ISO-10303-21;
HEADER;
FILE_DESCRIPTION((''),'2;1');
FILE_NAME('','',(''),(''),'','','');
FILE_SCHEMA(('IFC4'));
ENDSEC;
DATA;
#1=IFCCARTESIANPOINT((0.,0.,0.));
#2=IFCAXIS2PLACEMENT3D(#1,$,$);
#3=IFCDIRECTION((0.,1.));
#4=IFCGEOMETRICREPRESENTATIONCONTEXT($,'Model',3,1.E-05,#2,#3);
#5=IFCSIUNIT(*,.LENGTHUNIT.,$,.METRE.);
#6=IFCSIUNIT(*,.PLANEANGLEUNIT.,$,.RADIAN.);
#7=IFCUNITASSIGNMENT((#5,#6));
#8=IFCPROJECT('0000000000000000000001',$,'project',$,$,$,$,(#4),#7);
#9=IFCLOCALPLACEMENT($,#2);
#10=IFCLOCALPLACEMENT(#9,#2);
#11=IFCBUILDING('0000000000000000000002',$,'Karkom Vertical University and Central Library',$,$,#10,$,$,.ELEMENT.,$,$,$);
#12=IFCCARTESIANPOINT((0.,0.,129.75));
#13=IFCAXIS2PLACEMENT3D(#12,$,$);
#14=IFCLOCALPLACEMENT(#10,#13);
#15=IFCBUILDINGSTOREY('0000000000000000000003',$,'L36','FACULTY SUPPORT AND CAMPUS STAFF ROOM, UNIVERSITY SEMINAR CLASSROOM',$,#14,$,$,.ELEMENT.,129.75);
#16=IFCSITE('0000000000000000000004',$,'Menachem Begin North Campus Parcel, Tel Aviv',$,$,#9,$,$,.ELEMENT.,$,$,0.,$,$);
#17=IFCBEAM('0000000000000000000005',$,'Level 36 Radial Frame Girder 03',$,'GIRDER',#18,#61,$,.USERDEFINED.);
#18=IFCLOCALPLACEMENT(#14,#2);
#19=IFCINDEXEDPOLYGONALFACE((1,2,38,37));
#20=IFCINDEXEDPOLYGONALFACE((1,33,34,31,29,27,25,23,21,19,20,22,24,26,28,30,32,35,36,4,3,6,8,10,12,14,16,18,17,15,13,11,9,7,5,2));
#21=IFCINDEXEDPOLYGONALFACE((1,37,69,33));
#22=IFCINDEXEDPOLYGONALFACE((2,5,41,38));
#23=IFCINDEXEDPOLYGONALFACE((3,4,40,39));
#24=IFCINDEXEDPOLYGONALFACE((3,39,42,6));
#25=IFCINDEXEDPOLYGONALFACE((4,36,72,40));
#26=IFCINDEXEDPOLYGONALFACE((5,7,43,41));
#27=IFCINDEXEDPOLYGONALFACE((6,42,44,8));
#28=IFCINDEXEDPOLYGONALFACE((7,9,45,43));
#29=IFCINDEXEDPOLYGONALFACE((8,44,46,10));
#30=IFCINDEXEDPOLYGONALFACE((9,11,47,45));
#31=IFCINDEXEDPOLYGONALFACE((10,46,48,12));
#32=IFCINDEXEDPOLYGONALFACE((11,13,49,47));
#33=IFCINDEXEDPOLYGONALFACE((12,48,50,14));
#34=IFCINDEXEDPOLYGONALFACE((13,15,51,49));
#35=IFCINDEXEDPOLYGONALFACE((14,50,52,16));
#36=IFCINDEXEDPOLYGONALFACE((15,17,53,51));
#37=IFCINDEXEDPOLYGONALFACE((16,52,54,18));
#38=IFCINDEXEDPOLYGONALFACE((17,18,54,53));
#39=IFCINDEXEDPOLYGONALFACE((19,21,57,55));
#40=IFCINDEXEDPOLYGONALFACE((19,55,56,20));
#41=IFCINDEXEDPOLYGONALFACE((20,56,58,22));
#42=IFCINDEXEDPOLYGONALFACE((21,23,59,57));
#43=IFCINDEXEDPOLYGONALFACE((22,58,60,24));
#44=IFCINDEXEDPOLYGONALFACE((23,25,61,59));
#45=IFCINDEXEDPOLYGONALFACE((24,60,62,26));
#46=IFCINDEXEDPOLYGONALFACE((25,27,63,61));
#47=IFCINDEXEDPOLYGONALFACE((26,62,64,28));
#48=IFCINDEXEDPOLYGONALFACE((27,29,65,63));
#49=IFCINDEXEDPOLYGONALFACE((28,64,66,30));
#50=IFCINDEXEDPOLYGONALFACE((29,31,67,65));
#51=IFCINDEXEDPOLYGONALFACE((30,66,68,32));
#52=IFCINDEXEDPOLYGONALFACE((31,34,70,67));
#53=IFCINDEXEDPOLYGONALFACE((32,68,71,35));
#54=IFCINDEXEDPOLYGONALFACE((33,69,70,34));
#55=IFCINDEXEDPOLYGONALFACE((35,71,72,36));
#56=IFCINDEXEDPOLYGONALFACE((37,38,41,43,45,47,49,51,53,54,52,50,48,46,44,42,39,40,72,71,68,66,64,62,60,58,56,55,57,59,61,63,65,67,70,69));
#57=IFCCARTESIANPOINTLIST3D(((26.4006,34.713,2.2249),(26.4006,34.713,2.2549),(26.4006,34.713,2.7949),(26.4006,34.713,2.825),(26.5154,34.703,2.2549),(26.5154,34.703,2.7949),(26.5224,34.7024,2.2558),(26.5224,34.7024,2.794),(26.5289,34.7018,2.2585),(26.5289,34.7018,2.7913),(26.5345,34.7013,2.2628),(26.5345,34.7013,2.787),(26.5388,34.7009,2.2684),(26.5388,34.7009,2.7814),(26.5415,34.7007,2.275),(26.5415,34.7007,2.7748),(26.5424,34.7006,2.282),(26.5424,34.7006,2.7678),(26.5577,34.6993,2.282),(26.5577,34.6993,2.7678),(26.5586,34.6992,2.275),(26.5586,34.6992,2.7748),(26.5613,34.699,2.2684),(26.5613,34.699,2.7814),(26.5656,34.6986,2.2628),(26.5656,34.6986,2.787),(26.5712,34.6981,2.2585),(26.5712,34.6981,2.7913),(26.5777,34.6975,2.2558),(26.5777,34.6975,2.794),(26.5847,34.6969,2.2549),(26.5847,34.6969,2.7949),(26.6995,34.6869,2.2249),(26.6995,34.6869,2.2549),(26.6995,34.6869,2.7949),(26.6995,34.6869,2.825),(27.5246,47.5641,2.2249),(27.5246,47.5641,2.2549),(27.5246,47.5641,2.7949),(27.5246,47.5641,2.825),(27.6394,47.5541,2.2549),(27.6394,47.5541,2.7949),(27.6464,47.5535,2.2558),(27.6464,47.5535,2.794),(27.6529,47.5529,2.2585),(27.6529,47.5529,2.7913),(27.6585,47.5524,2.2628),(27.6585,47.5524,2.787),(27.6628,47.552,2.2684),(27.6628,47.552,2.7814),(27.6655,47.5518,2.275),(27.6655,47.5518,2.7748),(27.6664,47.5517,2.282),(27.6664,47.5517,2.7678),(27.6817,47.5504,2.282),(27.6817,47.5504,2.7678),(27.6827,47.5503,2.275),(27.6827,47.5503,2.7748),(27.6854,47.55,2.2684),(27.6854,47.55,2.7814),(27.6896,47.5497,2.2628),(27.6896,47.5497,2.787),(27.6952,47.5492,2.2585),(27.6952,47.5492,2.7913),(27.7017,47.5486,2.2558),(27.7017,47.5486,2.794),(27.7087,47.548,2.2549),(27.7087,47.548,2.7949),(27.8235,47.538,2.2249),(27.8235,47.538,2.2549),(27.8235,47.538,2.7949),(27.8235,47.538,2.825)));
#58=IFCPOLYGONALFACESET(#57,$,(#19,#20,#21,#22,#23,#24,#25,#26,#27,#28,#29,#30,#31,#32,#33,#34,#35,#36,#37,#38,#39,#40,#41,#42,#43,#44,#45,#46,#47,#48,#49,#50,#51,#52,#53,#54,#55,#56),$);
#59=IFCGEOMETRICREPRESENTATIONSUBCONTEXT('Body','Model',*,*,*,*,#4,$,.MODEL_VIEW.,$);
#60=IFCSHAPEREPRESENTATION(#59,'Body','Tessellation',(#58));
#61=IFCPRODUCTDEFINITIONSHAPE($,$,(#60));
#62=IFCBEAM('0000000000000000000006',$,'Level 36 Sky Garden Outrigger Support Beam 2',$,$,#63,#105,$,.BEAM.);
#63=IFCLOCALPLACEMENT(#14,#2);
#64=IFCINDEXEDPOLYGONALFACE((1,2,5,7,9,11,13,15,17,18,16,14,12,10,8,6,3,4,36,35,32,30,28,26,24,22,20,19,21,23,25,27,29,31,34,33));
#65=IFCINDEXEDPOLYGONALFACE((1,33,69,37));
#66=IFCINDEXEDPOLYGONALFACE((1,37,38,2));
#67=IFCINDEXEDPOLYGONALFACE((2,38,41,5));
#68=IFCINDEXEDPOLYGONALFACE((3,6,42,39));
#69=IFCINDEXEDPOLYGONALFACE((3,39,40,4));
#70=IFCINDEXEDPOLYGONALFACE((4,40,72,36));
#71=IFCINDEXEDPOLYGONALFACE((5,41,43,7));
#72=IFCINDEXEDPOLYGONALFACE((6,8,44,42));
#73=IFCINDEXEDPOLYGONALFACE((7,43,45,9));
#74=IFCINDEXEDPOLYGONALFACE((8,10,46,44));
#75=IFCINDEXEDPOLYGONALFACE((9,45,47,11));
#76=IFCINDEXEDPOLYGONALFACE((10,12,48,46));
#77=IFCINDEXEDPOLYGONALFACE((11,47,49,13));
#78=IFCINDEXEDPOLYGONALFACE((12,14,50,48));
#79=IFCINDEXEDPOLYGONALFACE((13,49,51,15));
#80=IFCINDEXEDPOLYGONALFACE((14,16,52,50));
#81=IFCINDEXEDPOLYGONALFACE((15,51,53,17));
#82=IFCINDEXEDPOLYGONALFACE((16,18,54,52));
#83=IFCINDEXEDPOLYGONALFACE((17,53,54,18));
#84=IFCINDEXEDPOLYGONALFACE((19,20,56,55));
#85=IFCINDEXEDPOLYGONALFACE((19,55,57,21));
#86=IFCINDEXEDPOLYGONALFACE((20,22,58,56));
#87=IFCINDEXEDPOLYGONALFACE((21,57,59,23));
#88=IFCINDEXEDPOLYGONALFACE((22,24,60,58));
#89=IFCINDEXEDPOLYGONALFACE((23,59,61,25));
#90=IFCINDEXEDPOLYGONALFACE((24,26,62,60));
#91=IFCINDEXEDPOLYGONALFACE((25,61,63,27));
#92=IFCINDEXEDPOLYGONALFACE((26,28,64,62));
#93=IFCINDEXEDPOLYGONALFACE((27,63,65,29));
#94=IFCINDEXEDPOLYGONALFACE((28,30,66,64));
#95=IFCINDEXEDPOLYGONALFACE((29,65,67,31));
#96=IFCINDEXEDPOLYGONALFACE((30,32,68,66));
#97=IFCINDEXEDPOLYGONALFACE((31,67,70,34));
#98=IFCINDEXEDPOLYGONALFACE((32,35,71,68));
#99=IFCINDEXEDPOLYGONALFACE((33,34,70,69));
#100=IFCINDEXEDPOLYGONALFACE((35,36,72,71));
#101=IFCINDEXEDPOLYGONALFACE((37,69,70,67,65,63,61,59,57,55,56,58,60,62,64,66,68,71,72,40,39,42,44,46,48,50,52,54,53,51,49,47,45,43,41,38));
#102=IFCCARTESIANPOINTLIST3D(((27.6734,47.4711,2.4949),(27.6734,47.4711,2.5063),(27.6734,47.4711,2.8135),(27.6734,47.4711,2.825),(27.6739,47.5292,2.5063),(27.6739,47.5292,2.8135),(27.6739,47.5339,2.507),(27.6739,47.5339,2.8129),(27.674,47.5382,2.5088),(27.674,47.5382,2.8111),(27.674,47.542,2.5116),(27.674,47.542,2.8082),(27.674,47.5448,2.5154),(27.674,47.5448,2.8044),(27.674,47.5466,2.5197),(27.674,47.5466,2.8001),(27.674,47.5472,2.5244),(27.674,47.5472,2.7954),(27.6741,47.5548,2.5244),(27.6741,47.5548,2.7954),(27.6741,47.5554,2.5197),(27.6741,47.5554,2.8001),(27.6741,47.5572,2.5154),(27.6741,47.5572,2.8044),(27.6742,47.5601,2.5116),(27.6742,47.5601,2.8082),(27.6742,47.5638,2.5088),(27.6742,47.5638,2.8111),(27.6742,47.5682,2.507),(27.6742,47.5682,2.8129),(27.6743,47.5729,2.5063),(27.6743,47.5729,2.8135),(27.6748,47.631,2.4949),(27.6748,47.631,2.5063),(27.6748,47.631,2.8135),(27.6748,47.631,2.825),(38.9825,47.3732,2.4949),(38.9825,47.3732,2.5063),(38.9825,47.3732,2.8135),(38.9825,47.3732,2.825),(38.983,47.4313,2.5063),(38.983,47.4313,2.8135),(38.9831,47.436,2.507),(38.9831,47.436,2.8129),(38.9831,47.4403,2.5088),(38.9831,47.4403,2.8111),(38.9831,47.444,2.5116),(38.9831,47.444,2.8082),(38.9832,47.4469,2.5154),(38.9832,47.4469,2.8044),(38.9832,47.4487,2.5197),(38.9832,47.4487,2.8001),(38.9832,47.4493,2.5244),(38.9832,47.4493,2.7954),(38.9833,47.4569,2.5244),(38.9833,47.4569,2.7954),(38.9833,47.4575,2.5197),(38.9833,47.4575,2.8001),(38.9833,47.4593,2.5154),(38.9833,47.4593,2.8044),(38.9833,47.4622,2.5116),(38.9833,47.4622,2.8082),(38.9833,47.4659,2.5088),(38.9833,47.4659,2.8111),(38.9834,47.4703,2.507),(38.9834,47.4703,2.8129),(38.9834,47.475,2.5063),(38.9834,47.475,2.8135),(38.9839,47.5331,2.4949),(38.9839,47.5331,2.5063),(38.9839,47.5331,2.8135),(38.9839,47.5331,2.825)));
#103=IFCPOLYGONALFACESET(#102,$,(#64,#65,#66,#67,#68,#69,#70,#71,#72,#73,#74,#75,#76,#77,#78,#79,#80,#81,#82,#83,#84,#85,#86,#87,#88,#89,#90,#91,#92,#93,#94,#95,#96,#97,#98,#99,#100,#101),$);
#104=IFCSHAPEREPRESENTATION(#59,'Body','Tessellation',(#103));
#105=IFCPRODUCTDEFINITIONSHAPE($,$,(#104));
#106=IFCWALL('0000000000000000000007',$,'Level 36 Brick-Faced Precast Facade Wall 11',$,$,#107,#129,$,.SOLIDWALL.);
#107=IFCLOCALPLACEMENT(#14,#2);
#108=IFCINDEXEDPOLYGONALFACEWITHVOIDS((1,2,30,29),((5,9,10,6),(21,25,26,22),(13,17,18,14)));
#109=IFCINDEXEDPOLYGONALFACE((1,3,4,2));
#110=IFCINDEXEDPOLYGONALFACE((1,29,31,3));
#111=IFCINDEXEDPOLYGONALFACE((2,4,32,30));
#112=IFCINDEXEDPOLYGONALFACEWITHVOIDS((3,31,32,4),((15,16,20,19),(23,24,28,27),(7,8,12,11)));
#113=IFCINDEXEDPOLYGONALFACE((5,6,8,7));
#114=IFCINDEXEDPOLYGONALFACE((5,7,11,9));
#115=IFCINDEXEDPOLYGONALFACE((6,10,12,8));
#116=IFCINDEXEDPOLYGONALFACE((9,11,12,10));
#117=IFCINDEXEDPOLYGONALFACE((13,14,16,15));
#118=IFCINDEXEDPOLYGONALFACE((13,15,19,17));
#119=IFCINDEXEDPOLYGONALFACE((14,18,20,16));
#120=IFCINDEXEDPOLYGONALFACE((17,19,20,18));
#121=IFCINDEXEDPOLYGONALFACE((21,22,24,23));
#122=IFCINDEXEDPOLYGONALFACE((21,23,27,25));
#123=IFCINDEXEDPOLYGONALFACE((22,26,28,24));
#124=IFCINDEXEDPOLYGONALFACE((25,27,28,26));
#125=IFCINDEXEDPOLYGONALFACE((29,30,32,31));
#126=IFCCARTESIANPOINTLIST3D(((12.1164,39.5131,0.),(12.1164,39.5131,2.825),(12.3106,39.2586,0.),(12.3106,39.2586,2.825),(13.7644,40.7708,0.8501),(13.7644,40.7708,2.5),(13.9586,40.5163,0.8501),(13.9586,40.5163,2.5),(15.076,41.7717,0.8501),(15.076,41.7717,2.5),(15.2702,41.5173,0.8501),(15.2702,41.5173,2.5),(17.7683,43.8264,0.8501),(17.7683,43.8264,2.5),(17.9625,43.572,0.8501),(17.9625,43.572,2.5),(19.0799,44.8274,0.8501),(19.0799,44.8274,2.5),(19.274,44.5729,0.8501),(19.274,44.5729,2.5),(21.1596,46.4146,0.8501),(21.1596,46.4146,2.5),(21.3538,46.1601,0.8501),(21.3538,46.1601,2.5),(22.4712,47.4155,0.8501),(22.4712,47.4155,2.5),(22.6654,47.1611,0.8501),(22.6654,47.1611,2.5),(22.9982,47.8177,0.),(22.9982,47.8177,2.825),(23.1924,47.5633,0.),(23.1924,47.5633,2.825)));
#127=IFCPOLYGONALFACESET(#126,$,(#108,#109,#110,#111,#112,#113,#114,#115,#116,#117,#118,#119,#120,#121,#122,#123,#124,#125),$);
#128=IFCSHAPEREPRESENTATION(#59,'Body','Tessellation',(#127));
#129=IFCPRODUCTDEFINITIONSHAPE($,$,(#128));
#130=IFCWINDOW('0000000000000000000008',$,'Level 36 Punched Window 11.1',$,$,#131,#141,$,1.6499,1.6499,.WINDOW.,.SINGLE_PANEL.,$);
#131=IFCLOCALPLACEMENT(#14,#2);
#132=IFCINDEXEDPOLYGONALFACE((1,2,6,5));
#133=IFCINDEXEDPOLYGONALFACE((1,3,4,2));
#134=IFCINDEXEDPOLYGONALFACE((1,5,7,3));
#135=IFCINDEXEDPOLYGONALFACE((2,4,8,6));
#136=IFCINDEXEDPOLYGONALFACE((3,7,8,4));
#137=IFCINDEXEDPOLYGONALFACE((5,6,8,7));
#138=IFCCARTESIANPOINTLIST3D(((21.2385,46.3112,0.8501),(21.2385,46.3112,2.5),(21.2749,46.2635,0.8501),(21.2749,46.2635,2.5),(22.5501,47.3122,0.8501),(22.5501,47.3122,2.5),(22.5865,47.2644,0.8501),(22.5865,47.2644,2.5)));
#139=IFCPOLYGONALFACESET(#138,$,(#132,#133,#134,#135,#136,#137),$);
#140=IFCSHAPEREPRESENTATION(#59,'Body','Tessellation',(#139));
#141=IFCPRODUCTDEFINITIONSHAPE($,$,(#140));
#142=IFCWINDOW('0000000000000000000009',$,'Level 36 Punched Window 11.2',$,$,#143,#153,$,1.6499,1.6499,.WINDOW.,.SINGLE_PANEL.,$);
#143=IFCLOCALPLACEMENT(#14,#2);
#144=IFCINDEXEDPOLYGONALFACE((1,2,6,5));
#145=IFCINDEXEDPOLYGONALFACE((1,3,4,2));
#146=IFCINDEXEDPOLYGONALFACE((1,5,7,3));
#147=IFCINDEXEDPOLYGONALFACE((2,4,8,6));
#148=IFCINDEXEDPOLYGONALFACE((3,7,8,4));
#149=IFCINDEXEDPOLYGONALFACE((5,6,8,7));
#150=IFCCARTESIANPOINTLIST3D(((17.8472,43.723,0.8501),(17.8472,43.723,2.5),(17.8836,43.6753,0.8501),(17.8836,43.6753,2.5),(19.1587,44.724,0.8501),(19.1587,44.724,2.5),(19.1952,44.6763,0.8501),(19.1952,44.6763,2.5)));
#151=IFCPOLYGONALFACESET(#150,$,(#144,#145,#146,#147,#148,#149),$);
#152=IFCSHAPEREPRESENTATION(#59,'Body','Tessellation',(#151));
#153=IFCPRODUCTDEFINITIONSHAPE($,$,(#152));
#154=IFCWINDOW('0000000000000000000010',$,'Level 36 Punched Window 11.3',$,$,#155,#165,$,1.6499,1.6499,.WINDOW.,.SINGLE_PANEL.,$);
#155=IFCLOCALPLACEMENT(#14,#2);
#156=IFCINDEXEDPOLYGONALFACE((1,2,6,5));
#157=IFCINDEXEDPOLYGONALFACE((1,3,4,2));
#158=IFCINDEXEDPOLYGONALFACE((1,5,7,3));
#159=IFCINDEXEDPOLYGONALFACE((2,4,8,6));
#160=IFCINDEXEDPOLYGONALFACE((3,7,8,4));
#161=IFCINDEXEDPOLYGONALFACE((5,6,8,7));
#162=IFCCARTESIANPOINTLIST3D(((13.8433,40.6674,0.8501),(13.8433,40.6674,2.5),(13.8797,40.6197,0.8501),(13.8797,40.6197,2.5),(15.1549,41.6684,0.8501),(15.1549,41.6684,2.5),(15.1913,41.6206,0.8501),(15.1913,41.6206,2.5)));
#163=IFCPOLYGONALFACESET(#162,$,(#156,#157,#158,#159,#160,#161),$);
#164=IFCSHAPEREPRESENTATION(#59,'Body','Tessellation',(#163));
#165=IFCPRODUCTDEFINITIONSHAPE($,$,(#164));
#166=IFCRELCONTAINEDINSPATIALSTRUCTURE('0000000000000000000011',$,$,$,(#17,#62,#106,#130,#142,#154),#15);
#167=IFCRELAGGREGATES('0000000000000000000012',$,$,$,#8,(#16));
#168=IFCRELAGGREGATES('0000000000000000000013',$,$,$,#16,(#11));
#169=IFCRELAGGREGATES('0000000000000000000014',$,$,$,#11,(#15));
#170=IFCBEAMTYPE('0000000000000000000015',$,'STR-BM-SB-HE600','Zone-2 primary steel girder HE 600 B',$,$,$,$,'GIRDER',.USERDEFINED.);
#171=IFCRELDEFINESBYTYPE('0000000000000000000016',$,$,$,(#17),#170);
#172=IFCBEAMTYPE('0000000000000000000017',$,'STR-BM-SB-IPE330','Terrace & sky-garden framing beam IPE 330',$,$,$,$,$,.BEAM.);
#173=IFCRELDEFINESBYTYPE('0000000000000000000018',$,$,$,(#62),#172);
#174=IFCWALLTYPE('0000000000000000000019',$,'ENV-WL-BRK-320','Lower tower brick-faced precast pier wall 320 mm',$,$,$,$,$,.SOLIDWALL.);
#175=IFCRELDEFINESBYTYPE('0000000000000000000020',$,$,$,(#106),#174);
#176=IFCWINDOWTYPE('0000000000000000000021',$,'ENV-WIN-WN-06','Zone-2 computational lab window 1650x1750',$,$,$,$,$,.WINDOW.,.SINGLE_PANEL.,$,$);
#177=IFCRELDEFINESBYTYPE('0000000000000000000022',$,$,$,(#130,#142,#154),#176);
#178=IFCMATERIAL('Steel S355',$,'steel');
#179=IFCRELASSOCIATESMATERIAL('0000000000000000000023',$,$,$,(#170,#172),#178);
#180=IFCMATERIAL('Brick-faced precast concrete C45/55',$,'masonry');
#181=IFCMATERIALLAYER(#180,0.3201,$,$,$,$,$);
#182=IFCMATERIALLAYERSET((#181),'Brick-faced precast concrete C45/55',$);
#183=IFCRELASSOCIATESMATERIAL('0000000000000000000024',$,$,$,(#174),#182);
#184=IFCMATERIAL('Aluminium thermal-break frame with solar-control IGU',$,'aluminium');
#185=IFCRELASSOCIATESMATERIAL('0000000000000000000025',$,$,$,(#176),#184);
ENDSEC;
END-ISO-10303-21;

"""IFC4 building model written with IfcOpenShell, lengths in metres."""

from ifc_helpers import new_model, si_unit, direction, frame, frame_2d, origin, origin_with_axes, origin_2d, place, context, subcontext, project, spatial, rectangle, i_section, extrude, source, transform, mapped, material, layer, layer_set, material_profile, profile_set, type_object, element, fill, save


model = new_model("IFC4")

# Units and contexts
model_context = context("Model", 3, precision=1e-05, world=origin(), true_north=direction((0.0, 1.0)))
body_context = subcontext(model_context, "Body", "Model", "MODEL_VIEW")
ifc_project = project(units=[si_unit("LENGTHUNIT", "METRE"), si_unit("PLANEANGLEUNIT", "RADIAN")], contexts=[model_context])

# Site, building, storey
site_placement = place(None, origin())
site = spatial("IfcSite", under=ifc_project, at=site_placement, Name="Menachem Begin North Campus Parcel, Tel Aviv", CompositionType="ELEMENT", RefElevation=0.0)
building_placement = place(site_placement, origin())
building = spatial("IfcBuilding", under=site, at=building_placement, Name="Karkom Vertical University and Central Library", CompositionType="ELEMENT")
storey_placement = place(building_placement, frame((0.0, 0.0, 129.75)))
storey = spatial("IfcBuildingStorey", under=building, at=storey_placement, Name="L36", Description="FACULTY SUPPORT AND CAMPUS STAFF ROOM, UNIVERSITY SEMINAR CLASSROOM", CompositionType="ELEMENT", Elevation=129.75)

# Beams
ifc_material_1 = material(Name="Steel S355", Category="steel")
ifc_material_profile_1 = material_profile(ifc_material_1, i_section(OverallWidth=0.3, OverallDepth=0.6001, WebThickness=0.0154, FlangeThickness=0.03, FilletRadius=0.0271, at=origin_2d()), Name="HE 600 B")
ifc_profile_set_1 = profile_set([ifc_material_profile_1], Name="Steel S355")
beam_type_1 = type_object("IfcBeamType", Name="STR-BM-SB-HE600", Description="Zone-2 primary steel girder HE 600 B", ElementType="GIRDER", PredefinedType="USERDEFINED", material=ifc_profile_set_1)
shared_shape_1 = source(origin_with_axes(), body_context, "Body", "SweptSolid", [
    extrude(i_section(OverallWidth=0.3, OverallDepth=0.6001, WebThickness=0.0154, FlangeThickness=0.03, FilletRadius=0.0271, at=origin_2d()), origin(), (0.0, 0.0, 1.0), 12.9001),
])
beam_1_placement = place(storey_placement, frame((26.55, 34.7, 2.5249), z_axis=(0.087133, 0.996197, 0.0), x_axis=(-0.996197, 0.087133, 0.0)))
element("IfcBeam", 1, at=beam_1_placement, inside=storey, type_object=beam_type_1, Name="Level 36 Radial Frame Girder 03", ObjectType="GIRDER", PredefinedType="USERDEFINED", context=body_context, shape_type="MappedRepresentation", body=[
    mapped(shared_shape_1, transform((0.0, 0.0, 0.0), scale=1.0)),
])
ifc_material_profile_2 = material_profile(ifc_material_1, i_section(OverallWidth=0.1599, OverallDepth=0.3301, WebThickness=0.0076, FlangeThickness=0.0115, FilletRadius=0.0181, at=origin_2d()), Name="IPE 330")
ifc_profile_set_2 = profile_set([ifc_material_profile_2], Name="Steel S355")
beam_type_2 = type_object("IfcBeamType", Name="STR-BM-SB-IPE330", Description="Terrace & sky-garden framing beam IPE 330", PredefinedType="BEAM", material=ifc_profile_set_2)
shared_shape_2 = source(origin_with_axes(), body_context, "Body", "SweptSolid", [
    extrude(i_section(OverallWidth=0.1599, OverallDepth=0.3301, WebThickness=0.0076, FlangeThickness=0.0115, FilletRadius=0.0181, at=origin_2d()), origin(), (0.0, 0.0, 1.0), 11.3096),
])
beam_2_placement = place(storey_placement, frame((27.6741, 47.551, 2.6599), z_axis=(0.999963, -0.008656, 0.0), x_axis=(0.008656, 0.999963, 0.0)))
element("IfcBeam", 2, at=beam_2_placement, inside=storey, type_object=beam_type_2, Name="Level 36 Sky Garden Outrigger Support Beam 2", PredefinedType="BEAM", context=body_context, shape_type="MappedRepresentation", body=[
    mapped(shared_shape_2, transform((0.0, 0.0, 0.0), scale=1.0)),
])

# Wall, openings, windows
ifc_material_2 = material(Name="Brick-faced precast concrete C45/55", Category="masonry")
ifc_layer_1 = layer(ifc_material_2, 0.3201)
ifc_layer_set_1 = layer_set([ifc_layer_1], Name="Brick-faced precast concrete C45/55")
wall_type_1 = type_object("IfcWallType", Name="ENV-WL-BRK-320", Description="Lower tower brick-faced precast pier wall 320 mm", PredefinedType="SOLIDWALL", material=ifc_layer_set_1)
wall_1_placement = place(storey_placement, frame((23.0952, 47.6904, 0.0), z_axis=(0.0, 0.0, 1.0), x_axis=(-0.794947, -0.606679, 0.0)))
wall_1 = element("IfcWall", 3, at=wall_1_placement, inside=storey, type_object=wall_type_1, Name="Level 36 Brick-Faced Precast Facade Wall 11", PredefinedType="SOLIDWALL", context=body_context, shape_type="SweptSolid", body=[
    extrude(rectangle(XDim=13.6887, YDim=0.3201, at=frame_2d((6.8442, 0.0))), origin(), (0.0, 0.0, 1.0), 2.825),
])
opening_1_placement = place(wall_1_placement, frame((0.6628, 0.0, 0.8501)))
opening_1 = element("IfcOpeningElement", 4, at=opening_1_placement, cuts=wall_1, PredefinedType="OPENING", context=body_context, shape_type="SweptSolid", body=[
    extrude(rectangle(XDim=1.6499, YDim=1.6499, at=frame_2d((0.825, 0.825))), frame((0.0, 0.1699, 0.0), z_axis=(0.0, -1.0, 0.0), x_axis=(1.0, 0.0, 0.0)), (0.0, 0.0, 1.0), 0.3401),
])
opening_2_placement = place(wall_1_placement, frame((4.929, 0.0, 0.8501)))
opening_2 = element("IfcOpeningElement", 5, at=opening_2_placement, cuts=wall_1, PredefinedType="OPENING", context=body_context, shape_type="SweptSolid", body=[
    extrude(rectangle(XDim=1.6499, YDim=1.6499, at=frame_2d((0.825, 0.825))), frame((0.0, 0.1699, 0.0), z_axis=(0.0, -1.0, 0.0), x_axis=(1.0, 0.0, 0.0)), (0.0, 0.0, 1.0), 0.3401),
])
opening_3_placement = place(wall_1_placement, frame((9.9656, 0.0, 0.8501)))
opening_3 = element("IfcOpeningElement", 6, at=opening_3_placement, cuts=wall_1, PredefinedType="OPENING", context=body_context, shape_type="SweptSolid", body=[
    extrude(rectangle(XDim=1.6499, YDim=1.6499, at=frame_2d((0.825, 0.825))), frame((0.0, 0.1699, 0.0), z_axis=(0.0, -1.0, 0.0), x_axis=(1.0, 0.0, 0.0)), (0.0, 0.0, 1.0), 0.3401),
])
ifc_material_3 = material(Name="Aluminium thermal-break frame with solar-control IGU", Category="aluminium")
window_type = type_object("IfcWindowType", Name="ENV-WIN-WN-06", Description="Zone-2 computational lab window 1650x1750", PartitioningType="SINGLE_PANEL", PredefinedType="WINDOW", material=ifc_material_3)
shared_shape_3 = source(origin_with_axes(), body_context, "Body", "SweptSolid", [
    extrude(rectangle(XDim=1.6499, YDim=1.6499, at=frame_2d((0.825, 0.825))), frame((0.0, 0.03, 0.0), z_axis=(0.0, -1.0, 0.0), x_axis=(1.0, 0.0, 0.0)), (0.0, 0.0, 1.0), 0.0601),
])
window_1_placement = place(opening_1_placement, origin())
window_1 = element("IfcWindow", 7, at=window_1_placement, inside=storey, type_object=window_type, Name="Level 36 Punched Window 11.1", OverallHeight=1.6499, OverallWidth=1.6499, PartitioningType="SINGLE_PANEL", PredefinedType="WINDOW", context=body_context, shape_type="MappedRepresentation", body=[
    mapped(shared_shape_3, transform((0.0, 0.0, 0.0), scale=1.0)),
])
fill(opening_1, window_1)
window_2_placement = place(opening_2_placement, origin())
window_2 = element("IfcWindow", 8, at=window_2_placement, inside=storey, type_object=window_type, Name="Level 36 Punched Window 11.2", OverallHeight=1.6499, OverallWidth=1.6499, PartitioningType="SINGLE_PANEL", PredefinedType="WINDOW", context=body_context, shape_type="MappedRepresentation", body=[
    mapped(shared_shape_3, transform((0.0, 0.0, 0.0), scale=1.0)),
])
fill(opening_2, window_2)
window_3_placement = place(opening_3_placement, origin())
window_3 = element("IfcWindow", 9, at=window_3_placement, inside=storey, type_object=window_type, Name="Level 36 Punched Window 11.3", OverallHeight=1.6499, OverallWidth=1.6499, PartitioningType="SINGLE_PANEL", PredefinedType="WINDOW", context=body_context, shape_type="MappedRepresentation", body=[
    mapped(shared_shape_3, transform((0.0, 0.0, 0.0), scale=1.0)),
])
fill(opening_3, window_3)

save(model, "model.ifc")
